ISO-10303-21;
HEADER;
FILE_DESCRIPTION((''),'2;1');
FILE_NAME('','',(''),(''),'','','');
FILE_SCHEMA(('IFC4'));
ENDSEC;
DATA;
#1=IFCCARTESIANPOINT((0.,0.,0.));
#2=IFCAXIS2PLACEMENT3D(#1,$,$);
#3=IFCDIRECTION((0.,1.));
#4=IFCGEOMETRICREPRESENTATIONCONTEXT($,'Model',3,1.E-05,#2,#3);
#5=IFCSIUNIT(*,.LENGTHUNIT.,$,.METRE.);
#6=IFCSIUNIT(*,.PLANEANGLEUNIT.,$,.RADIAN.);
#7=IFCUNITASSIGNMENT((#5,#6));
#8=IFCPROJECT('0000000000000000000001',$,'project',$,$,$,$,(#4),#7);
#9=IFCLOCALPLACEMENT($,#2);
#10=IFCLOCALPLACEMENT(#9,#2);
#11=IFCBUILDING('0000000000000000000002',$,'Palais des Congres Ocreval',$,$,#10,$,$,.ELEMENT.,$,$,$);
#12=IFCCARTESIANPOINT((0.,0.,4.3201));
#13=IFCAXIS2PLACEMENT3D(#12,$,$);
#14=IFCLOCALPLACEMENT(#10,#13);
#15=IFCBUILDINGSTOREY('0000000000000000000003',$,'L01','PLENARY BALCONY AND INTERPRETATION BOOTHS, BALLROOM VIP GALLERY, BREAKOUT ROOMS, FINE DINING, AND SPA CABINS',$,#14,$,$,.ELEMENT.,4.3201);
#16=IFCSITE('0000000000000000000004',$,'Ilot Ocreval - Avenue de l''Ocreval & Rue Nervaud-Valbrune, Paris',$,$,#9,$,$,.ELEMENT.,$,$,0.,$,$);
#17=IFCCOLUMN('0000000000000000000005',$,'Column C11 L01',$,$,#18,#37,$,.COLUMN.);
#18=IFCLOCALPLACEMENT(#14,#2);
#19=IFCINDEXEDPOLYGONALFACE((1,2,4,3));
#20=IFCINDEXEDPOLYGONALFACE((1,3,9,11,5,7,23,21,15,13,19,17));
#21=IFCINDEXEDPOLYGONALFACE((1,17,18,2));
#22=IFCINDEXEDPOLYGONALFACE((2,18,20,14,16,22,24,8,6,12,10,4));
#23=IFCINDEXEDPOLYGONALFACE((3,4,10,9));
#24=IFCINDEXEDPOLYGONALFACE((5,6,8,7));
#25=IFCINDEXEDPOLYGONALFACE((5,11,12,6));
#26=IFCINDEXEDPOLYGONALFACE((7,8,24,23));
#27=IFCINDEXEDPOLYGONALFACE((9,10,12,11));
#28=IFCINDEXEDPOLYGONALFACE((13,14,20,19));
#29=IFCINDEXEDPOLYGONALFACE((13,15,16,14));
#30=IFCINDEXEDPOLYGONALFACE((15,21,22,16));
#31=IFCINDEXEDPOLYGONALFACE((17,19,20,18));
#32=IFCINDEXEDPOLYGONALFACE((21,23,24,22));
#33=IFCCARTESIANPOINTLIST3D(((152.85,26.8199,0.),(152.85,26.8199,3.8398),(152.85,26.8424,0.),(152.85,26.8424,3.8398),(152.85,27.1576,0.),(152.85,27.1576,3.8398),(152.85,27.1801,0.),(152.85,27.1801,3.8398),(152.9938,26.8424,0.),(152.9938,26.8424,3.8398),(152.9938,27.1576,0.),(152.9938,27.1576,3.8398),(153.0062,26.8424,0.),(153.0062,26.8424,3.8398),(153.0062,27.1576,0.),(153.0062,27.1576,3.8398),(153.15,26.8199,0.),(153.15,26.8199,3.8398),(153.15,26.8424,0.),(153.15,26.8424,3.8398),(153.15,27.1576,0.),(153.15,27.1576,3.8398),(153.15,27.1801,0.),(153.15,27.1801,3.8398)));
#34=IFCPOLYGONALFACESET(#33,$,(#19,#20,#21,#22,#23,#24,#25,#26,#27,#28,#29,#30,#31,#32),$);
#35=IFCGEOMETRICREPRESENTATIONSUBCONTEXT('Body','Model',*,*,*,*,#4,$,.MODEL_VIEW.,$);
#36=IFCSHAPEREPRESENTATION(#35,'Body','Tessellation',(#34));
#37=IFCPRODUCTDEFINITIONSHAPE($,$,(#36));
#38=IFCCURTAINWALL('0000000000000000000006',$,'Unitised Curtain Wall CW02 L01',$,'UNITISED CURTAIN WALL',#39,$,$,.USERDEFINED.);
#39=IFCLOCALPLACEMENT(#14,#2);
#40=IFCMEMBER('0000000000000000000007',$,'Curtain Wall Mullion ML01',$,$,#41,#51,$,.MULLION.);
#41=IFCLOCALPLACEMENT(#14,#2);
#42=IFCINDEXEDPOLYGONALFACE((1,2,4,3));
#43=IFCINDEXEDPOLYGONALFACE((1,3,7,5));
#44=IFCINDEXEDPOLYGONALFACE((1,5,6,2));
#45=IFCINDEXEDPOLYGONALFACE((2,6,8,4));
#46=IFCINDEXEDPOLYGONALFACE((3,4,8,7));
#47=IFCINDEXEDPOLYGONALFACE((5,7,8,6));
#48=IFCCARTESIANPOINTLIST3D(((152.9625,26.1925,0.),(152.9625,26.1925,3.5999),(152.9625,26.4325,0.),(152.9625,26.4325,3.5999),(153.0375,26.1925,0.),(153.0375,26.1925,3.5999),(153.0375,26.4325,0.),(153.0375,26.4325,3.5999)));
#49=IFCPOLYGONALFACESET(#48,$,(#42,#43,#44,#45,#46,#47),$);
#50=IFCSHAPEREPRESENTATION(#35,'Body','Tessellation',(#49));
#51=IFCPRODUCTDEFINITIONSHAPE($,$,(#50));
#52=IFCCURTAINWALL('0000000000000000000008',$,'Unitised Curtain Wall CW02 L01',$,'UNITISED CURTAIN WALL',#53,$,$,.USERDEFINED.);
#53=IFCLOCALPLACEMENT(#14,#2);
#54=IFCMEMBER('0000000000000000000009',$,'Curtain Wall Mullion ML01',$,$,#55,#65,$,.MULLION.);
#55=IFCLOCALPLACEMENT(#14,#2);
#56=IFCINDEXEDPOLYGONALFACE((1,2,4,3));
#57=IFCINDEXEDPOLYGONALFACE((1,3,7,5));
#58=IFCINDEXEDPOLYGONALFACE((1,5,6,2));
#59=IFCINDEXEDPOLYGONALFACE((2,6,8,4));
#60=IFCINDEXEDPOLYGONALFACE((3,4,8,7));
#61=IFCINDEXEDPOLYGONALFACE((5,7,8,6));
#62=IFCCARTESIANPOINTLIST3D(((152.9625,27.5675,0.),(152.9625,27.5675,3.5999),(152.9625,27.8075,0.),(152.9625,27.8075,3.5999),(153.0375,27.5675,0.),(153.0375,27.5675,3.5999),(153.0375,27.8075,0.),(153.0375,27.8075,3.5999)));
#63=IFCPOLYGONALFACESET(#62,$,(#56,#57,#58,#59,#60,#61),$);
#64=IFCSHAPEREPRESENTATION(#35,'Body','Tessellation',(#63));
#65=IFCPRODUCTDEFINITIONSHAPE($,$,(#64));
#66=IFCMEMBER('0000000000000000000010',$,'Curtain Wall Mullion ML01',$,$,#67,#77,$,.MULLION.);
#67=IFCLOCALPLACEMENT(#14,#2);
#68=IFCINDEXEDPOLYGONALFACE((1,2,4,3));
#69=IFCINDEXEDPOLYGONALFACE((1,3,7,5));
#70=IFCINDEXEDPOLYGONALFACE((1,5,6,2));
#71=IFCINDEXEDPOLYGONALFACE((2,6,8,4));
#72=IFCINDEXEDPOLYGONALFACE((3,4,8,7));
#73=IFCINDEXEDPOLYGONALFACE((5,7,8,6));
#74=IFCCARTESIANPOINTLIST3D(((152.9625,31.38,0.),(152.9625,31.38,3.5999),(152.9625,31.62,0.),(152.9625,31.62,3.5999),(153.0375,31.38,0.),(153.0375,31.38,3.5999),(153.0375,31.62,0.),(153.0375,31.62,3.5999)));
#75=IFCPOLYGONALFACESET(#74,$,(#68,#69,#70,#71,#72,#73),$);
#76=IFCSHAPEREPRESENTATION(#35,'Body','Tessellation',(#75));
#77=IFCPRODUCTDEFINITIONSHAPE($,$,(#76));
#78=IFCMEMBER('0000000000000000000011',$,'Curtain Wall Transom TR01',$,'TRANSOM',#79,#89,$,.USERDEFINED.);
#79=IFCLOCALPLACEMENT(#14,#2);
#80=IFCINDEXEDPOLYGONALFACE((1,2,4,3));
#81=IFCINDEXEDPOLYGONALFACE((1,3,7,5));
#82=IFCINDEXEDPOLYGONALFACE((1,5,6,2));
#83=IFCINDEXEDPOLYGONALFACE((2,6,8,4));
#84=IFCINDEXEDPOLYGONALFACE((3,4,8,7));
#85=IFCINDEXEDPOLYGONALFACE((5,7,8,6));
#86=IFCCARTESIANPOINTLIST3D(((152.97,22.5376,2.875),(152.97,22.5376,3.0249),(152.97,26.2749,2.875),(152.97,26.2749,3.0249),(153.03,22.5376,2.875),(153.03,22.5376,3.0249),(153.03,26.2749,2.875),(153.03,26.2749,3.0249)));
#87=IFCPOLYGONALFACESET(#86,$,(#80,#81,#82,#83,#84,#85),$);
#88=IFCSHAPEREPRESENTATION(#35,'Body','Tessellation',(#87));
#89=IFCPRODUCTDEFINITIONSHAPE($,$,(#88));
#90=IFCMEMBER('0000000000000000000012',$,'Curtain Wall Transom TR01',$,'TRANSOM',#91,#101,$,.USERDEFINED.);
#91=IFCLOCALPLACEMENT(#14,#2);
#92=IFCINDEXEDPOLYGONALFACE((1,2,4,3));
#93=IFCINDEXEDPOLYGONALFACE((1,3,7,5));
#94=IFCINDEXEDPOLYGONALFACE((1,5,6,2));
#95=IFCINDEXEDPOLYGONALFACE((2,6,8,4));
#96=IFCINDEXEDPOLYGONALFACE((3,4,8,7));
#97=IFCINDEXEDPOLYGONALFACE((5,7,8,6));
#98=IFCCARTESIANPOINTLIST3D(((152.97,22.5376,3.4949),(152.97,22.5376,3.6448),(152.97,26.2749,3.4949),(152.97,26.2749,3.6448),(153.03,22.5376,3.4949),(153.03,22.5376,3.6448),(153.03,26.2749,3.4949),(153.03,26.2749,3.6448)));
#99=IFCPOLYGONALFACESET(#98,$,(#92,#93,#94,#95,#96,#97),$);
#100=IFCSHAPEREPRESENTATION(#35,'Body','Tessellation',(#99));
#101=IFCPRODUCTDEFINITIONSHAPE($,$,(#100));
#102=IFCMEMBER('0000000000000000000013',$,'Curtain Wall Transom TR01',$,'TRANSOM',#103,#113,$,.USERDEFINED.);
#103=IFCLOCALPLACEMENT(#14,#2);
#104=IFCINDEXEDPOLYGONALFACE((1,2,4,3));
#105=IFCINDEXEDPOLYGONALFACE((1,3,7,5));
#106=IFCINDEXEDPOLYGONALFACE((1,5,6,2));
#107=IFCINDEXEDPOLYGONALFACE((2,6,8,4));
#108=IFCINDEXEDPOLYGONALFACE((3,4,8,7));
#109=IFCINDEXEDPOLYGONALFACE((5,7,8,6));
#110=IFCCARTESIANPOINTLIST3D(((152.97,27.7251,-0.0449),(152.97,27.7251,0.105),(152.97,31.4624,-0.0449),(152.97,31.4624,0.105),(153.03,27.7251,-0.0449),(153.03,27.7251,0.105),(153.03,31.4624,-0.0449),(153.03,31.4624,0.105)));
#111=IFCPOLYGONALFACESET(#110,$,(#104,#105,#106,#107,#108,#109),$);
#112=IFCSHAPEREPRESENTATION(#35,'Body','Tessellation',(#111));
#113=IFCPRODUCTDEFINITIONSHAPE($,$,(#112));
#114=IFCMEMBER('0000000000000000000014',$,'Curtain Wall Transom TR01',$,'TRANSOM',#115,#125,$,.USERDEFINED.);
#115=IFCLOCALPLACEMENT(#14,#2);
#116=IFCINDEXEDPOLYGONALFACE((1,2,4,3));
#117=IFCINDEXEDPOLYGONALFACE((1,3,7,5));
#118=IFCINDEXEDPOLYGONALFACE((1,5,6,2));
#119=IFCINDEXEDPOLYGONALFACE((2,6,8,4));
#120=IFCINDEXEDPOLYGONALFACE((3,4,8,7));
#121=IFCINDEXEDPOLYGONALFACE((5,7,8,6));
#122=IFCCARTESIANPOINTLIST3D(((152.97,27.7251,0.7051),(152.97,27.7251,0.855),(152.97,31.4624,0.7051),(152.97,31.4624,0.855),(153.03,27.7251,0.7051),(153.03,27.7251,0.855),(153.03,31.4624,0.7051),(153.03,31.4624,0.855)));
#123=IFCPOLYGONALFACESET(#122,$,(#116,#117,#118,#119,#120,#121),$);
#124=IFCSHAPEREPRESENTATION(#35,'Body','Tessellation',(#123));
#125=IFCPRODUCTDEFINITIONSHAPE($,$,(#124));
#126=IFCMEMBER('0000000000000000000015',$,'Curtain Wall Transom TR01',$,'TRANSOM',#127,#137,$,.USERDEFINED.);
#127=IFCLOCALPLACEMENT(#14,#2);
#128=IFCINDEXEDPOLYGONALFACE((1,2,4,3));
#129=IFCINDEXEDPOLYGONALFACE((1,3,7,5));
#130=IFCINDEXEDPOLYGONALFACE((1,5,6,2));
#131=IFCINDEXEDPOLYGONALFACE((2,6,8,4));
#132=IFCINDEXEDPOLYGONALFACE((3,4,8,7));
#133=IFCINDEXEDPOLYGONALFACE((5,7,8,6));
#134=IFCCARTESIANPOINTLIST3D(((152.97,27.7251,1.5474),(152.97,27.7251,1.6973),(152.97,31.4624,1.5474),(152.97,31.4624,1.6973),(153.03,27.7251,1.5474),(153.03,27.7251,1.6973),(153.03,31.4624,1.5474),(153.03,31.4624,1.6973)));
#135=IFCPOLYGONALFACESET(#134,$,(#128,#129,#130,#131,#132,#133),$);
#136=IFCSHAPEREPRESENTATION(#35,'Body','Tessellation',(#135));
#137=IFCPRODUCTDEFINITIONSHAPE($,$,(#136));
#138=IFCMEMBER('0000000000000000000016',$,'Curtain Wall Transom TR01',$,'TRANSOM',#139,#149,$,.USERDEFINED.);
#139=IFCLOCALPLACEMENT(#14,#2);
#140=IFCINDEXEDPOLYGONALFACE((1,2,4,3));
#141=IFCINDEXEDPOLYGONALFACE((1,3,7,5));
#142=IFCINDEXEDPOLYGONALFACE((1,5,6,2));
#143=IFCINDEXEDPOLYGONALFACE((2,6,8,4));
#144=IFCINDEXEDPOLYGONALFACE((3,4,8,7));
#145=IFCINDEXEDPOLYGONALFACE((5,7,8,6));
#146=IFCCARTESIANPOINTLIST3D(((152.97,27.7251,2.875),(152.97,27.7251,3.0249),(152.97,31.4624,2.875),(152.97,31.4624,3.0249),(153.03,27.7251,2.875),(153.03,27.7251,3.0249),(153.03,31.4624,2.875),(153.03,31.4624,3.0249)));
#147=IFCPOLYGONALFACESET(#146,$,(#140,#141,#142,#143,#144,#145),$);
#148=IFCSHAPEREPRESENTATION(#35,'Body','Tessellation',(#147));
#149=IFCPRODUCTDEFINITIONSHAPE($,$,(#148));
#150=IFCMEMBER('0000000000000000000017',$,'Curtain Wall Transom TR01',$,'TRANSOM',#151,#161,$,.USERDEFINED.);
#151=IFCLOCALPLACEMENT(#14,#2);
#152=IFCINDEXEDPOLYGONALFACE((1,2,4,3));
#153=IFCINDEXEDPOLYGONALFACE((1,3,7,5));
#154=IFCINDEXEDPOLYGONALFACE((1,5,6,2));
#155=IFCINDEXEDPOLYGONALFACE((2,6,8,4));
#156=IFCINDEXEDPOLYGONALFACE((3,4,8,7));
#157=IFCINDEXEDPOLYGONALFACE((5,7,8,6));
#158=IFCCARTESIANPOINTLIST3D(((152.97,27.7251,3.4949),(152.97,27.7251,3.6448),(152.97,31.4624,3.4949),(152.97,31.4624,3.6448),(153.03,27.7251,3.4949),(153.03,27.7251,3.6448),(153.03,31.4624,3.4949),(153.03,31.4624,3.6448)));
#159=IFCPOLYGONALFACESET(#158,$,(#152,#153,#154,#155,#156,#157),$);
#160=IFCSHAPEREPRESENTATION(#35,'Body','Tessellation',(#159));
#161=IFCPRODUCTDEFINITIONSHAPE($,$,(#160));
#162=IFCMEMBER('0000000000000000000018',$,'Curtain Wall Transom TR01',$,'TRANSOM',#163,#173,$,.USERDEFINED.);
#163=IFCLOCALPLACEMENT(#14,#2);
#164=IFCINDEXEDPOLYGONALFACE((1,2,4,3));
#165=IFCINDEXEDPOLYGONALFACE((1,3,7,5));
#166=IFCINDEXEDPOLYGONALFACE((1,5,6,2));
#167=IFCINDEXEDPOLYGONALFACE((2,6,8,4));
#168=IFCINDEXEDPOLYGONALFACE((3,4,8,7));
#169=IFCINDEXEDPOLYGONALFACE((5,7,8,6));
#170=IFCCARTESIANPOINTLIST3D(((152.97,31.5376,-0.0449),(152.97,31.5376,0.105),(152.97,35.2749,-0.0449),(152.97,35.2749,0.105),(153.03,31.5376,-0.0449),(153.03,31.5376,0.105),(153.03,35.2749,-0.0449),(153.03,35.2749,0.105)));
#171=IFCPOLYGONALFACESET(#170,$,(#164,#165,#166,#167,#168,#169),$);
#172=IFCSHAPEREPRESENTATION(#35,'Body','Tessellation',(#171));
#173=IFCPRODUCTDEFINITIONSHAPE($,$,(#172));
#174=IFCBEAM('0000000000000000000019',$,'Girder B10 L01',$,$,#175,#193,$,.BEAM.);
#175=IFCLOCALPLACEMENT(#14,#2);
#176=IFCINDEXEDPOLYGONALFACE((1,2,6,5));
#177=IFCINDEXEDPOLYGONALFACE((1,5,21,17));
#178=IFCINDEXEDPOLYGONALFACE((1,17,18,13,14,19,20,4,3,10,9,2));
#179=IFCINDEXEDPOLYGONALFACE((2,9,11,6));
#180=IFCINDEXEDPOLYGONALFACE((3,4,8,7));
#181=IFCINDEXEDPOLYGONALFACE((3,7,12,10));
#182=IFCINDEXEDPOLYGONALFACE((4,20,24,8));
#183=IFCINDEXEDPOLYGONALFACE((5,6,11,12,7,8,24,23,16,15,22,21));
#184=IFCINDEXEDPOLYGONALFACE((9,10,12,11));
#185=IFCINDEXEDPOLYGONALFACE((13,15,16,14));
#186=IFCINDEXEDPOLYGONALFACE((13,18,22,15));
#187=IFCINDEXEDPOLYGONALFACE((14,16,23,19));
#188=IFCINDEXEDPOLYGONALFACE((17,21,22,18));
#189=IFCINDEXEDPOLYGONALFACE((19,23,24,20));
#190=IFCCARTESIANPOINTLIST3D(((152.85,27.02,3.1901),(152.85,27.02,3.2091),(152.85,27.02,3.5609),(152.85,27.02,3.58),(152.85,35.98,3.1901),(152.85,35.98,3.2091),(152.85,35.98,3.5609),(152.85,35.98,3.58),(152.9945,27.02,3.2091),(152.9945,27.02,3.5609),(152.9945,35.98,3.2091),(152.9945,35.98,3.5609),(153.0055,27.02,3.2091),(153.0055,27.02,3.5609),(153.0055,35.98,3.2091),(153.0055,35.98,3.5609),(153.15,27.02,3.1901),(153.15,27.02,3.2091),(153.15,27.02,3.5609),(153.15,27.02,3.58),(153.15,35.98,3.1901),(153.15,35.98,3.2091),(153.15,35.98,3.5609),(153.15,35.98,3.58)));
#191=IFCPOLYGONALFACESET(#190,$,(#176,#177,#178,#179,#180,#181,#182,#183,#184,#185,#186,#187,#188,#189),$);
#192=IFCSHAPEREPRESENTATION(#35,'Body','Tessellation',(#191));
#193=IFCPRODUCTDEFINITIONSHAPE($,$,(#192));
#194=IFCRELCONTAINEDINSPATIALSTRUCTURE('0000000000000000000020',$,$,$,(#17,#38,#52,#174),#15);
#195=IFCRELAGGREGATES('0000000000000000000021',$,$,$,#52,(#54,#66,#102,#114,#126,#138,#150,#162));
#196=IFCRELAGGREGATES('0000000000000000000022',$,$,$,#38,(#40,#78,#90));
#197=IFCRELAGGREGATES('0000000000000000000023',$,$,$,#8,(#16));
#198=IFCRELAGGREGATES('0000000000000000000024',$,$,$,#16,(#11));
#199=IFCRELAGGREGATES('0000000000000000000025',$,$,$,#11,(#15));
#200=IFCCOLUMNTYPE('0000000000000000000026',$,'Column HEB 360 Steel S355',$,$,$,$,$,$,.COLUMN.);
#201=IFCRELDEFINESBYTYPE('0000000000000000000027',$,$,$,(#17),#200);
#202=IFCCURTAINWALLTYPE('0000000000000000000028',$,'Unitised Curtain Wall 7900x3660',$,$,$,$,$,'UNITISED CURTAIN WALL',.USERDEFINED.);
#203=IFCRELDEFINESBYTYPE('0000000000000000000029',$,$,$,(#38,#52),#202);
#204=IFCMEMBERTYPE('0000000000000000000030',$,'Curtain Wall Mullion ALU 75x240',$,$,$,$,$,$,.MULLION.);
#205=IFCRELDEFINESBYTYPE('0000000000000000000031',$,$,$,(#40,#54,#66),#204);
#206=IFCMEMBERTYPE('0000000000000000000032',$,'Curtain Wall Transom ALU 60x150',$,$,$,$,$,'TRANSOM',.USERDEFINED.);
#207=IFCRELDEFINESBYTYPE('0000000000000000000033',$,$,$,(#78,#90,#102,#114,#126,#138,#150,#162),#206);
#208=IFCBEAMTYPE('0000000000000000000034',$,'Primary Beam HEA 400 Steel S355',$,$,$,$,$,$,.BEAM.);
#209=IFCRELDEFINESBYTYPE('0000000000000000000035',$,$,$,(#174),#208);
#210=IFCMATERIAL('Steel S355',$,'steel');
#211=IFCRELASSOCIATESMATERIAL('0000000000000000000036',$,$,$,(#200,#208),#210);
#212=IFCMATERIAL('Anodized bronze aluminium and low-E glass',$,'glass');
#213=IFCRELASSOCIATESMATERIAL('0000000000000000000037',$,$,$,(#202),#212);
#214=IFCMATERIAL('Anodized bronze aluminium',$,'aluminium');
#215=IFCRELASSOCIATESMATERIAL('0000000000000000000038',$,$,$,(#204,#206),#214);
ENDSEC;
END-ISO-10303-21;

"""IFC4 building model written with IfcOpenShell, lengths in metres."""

from ifc_helpers import new_model, si_unit, direction, frame, origin, origin_2d, place, context, subcontext, project, spatial, rectangle, i_section, extrude, material, material_profile, profile_set, type_object, element, aggregate, save


model = new_model("IFC4")

# Units and contexts
model_context = context("Model", 3, precision=1e-05, world=origin(), true_north=direction((0.0, 1.0)))
body_context = subcontext(model_context, "Body", "Model", "MODEL_VIEW")
ifc_project = project(units=[si_unit("LENGTHUNIT", "METRE"), si_unit("PLANEANGLEUNIT", "RADIAN")], contexts=[model_context])

# Site, building, storey
site_placement = place(None, origin())
site = spatial("IfcSite", under=ifc_project, at=site_placement, Name="Ilot Ocreval - Avenue de l'Ocreval & Rue Nervaud-Valbrune, Paris", CompositionType="ELEMENT", RefElevation=0.0)
building_placement = place(site_placement, origin())
building = spatial("IfcBuilding", under=site, at=building_placement, Name="Palais des Congres Ocreval", CompositionType="ELEMENT")
storey_placement = place(building_placement, frame((0.0, 0.0, 4.3201)))
storey = spatial("IfcBuildingStorey", under=building, at=storey_placement, Name="L01", Description="PLENARY BALCONY AND INTERPRETATION BOOTHS, BALLROOM VIP GALLERY, BREAKOUT ROOMS, FINE DINING, AND SPA CABINS", CompositionType="ELEMENT", Elevation=4.3201)

# Column
ifc_material_1 = material(Name="Steel S355", Category="steel")
ifc_material_profile_1 = material_profile(ifc_material_1, i_section(OverallWidth=0.3, OverallDepth=0.3601, WebThickness=0.0125, FlangeThickness=0.0225, at=origin_2d()), Name="HEB 360")
ifc_profile_set_1 = profile_set([ifc_material_profile_1], Name="Steel S355")
column_type = type_object("IfcColumnType", Name="Column HEB 360 Steel S355", PredefinedType="COLUMN", material=ifc_profile_set_1)
column_placement = place(storey_placement, frame((153.0, 27.0, 0.0), z_axis=(0.0, 0.0, 1.0), x_axis=(1.0, 0.0, 0.0)))
element("IfcColumn", 1, at=column_placement, inside=storey, type_object=column_type, Name="Column C11 L01", PredefinedType="COLUMN", context=body_context, shape_type="SweptSolid", body=[
    extrude(i_section(OverallWidth=0.3, OverallDepth=0.3601, WebThickness=0.0125, FlangeThickness=0.0225, at=origin_2d()), origin(), (0.0, 0.0, 1.0), 3.8398),
])

# Curtain wall, member
ifc_material_2 = material(Name="Anodized bronze aluminium and low-E glass", Category="glass")
curtain_wall_type = type_object("IfcCurtainWallType", Name="Unitised Curtain Wall 7900x3660", ElementType="UNITISED CURTAIN WALL", PredefinedType="USERDEFINED", material=ifc_material_2)
curtain_wall_1_placement = place(storey_placement, origin())
curtain_wall_1 = element("IfcCurtainWall", 2, at=curtain_wall_1_placement, inside=storey, type_object=curtain_wall_type, Name="Unitised Curtain Wall CW02 L01", ObjectType="UNITISED CURTAIN WALL", PredefinedType="USERDEFINED")
ifc_material_3 = material(Name="Anodized bronze aluminium", Category="aluminium")
ifc_material_profile_2 = material_profile(ifc_material_3, rectangle(XDim=0.075, YDim=0.24, at=origin_2d()), Name="ALU 75x240")
ifc_profile_set_2 = profile_set([ifc_material_profile_2], Name="Anodized bronze aluminium")
member_type_1 = type_object("IfcMemberType", Name="Curtain Wall Mullion ALU 75x240", PredefinedType="MULLION", material=ifc_profile_set_2)
member_1_placement = place(storey_placement, frame((153.0, 26.3125, 0.0), z_axis=(0.0, 0.0, 1.0), x_axis=(-1.0, 0.0, 0.0)))
member_1 = element("IfcMember", 3, at=member_1_placement, type_object=member_type_1, Name="Curtain Wall Mullion ML01", PredefinedType="MULLION", context=body_context, shape_type="SweptSolid", body=[
    extrude(rectangle(XDim=0.075, YDim=0.24, at=origin_2d()), origin(), (0.0, 0.0, 1.0), 3.5999),
])

# Curtain wall, members
curtain_wall_2_placement = place(storey_placement, origin())
curtain_wall_2 = element("IfcCurtainWall", 4, at=curtain_wall_2_placement, inside=storey, type_object=curtain_wall_type, Name="Unitised Curtain Wall CW02 L01", ObjectType="UNITISED CURTAIN WALL", PredefinedType="USERDEFINED")
member_2_placement = place(storey_placement, frame((153.0, 27.6875, 0.0), z_axis=(0.0, 0.0, 1.0), x_axis=(-1.0, 0.0, 0.0)))
member_2 = element("IfcMember", 5, at=member_2_placement, type_object=member_type_1, Name="Curtain Wall Mullion ML01", PredefinedType="MULLION", context=body_context, shape_type="SweptSolid", body=[
    extrude(rectangle(XDim=0.075, YDim=0.24, at=origin_2d()), origin(), (0.0, 0.0, 1.0), 3.5999),
])
member_3_placement = place(storey_placement, frame((153.0, 31.5, 0.0), z_axis=(0.0, 0.0, 1.0), x_axis=(-1.0, 0.0, 0.0)))
member_3 = element("IfcMember", 6, at=member_3_placement, type_object=member_type_1, Name="Curtain Wall Mullion ML01", PredefinedType="MULLION", context=body_context, shape_type="SweptSolid", body=[
    extrude(rectangle(XDim=0.075, YDim=0.24, at=origin_2d()), origin(), (0.0, 0.0, 1.0), 3.5999),
])

# Members
ifc_material_profile_3 = material_profile(ifc_material_3, rectangle(XDim=0.0601, YDim=0.1499, at=origin_2d()), Name="ALU 60x150")
ifc_profile_set_3 = profile_set([ifc_material_profile_3], Name="Anodized bronze aluminium")
member_type_2 = type_object("IfcMemberType", Name="Curtain Wall Transom ALU 60x150", ElementType="TRANSOM", PredefinedType="USERDEFINED", material=ifc_profile_set_3)
member_4_placement = place(storey_placement, frame((153.0, 22.5376, 2.95), z_axis=(0.0, 1.0, 0.0), x_axis=(-1.0, 0.0, 0.0)))
member_4 = element("IfcMember", 7, at=member_4_placement, type_object=member_type_2, Name="Curtain Wall Transom TR01", ObjectType="TRANSOM", PredefinedType="USERDEFINED", context=body_context, shape_type="SweptSolid", body=[
    extrude(rectangle(XDim=0.0601, YDim=0.1499, at=origin_2d()), origin(), (0.0, 0.0, 1.0), 3.7373),
])
member_5_placement = place(storey_placement, frame((153.0, 22.5376, 3.5698), z_axis=(0.0, 1.0, 0.0), x_axis=(-1.0, 0.0, 0.0)))
member_5 = element("IfcMember", 8, at=member_5_placement, type_object=member_type_2, Name="Curtain Wall Transom TR01", ObjectType="TRANSOM", PredefinedType="USERDEFINED", context=body_context, shape_type="SweptSolid", body=[
    extrude(rectangle(XDim=0.0601, YDim=0.1499, at=origin_2d()), origin(), (0.0, 0.0, 1.0), 3.7373),
])
member_6_placement = place(storey_placement, frame((153.0, 27.7251, 0.03), z_axis=(0.0, 1.0, 0.0), x_axis=(-1.0, 0.0, 0.0)))
member_6 = element("IfcMember", 9, at=member_6_placement, type_object=member_type_2, Name="Curtain Wall Transom TR01", ObjectType="TRANSOM", PredefinedType="USERDEFINED", context=body_context, shape_type="SweptSolid", body=[
    extrude(rectangle(XDim=0.0601, YDim=0.1499, at=origin_2d()), origin(), (0.0, 0.0, 1.0), 3.7373),
])
member_7_placement = place(storey_placement, frame((153.0, 27.7251, 0.78), z_axis=(0.0, 1.0, 0.0), x_axis=(-1.0, 0.0, 0.0)))
member_7 = element("IfcMember", 10, at=member_7_placement, type_object=member_type_2, Name="Curtain Wall Transom TR01", ObjectType="TRANSOM", PredefinedType="USERDEFINED", context=body_context, shape_type="SweptSolid", body=[
    extrude(rectangle(XDim=0.0601, YDim=0.1499, at=origin_2d()), origin(), (0.0, 0.0, 1.0), 3.7373),
])
member_8_placement = place(storey_placement, frame((153.0, 27.7251, 1.6223), z_axis=(0.0, 1.0, 0.0), x_axis=(-1.0, 0.0, 0.0)))
member_8 = element("IfcMember", 11, at=member_8_placement, type_object=member_type_2, Name="Curtain Wall Transom TR01", ObjectType="TRANSOM", PredefinedType="USERDEFINED", context=body_context, shape_type="SweptSolid", body=[
    extrude(rectangle(XDim=0.0601, YDim=0.1499, at=origin_2d()), origin(), (0.0, 0.0, 1.0), 3.7373),
])
member_9_placement = place(storey_placement, frame((153.0, 27.7251, 2.95), z_axis=(0.0, 1.0, 0.0), x_axis=(-1.0, 0.0, 0.0)))
member_9 = element("IfcMember", 12, at=member_9_placement, type_object=member_type_2, Name="Curtain Wall Transom TR01", ObjectType="TRANSOM", PredefinedType="USERDEFINED", context=body_context, shape_type="SweptSolid", body=[
    extrude(rectangle(XDim=0.0601, YDim=0.1499, at=origin_2d()), origin(), (0.0, 0.0, 1.0), 3.7373),
])
member_10_placement = place(storey_placement, frame((153.0, 27.7251, 3.5698), z_axis=(0.0, 1.0, 0.0), x_axis=(-1.0, 0.0, 0.0)))
member_10 = element("IfcMember", 13, at=member_10_placement, type_object=member_type_2, Name="Curtain Wall Transom TR01", ObjectType="TRANSOM", PredefinedType="USERDEFINED", context=body_context, shape_type="SweptSolid", body=[
    extrude(rectangle(XDim=0.0601, YDim=0.1499, at=origin_2d()), origin(), (0.0, 0.0, 1.0), 3.7373),
])
member_11_placement = place(storey_placement, frame((153.0, 31.5376, 0.03), z_axis=(0.0, 1.0, 0.0), x_axis=(-1.0, 0.0, 0.0)))
member_11 = element("IfcMember", 14, at=member_11_placement, type_object=member_type_2, Name="Curtain Wall Transom TR01", ObjectType="TRANSOM", PredefinedType="USERDEFINED", context=body_context, shape_type="SweptSolid", body=[
    extrude(rectangle(XDim=0.0601, YDim=0.1499, at=origin_2d()), origin(), (0.0, 0.0, 1.0), 3.7373),
])

# Beam
ifc_material_profile_4 = material_profile(ifc_material_1, i_section(OverallWidth=0.3, OverallDepth=0.3899, WebThickness=0.011, FlangeThickness=0.019, at=origin_2d()), Name="HEA 400")
ifc_profile_set_4 = profile_set([ifc_material_profile_4], Name="Steel S355")
beam_type = type_object("IfcBeamType", Name="Primary Beam HEA 400 Steel S355", PredefinedType="BEAM", material=ifc_profile_set_4)
beam_placement = place(storey_placement, frame((153.0, 27.02, 3.385), z_axis=(0.0, 1.0, 0.0), x_axis=(-1.0, 0.0, 0.0)))
element("IfcBeam", 15, at=beam_placement, inside=storey, type_object=beam_type, Name="Girder B10 L01", PredefinedType="BEAM", context=body_context, shape_type="SweptSolid", body=[
    extrude(i_section(OverallWidth=0.3, OverallDepth=0.3899, WebThickness=0.011, FlangeThickness=0.019, at=origin_2d()), origin(), (0.0, 0.0, 1.0), 8.96),
])

aggregate(curtain_wall_2, [member_2, member_3, member_6, member_7, member_8, member_9, member_10, member_11])
aggregate(curtain_wall_1, [member_1, member_4, member_5])

save(model, "model.ifc")
